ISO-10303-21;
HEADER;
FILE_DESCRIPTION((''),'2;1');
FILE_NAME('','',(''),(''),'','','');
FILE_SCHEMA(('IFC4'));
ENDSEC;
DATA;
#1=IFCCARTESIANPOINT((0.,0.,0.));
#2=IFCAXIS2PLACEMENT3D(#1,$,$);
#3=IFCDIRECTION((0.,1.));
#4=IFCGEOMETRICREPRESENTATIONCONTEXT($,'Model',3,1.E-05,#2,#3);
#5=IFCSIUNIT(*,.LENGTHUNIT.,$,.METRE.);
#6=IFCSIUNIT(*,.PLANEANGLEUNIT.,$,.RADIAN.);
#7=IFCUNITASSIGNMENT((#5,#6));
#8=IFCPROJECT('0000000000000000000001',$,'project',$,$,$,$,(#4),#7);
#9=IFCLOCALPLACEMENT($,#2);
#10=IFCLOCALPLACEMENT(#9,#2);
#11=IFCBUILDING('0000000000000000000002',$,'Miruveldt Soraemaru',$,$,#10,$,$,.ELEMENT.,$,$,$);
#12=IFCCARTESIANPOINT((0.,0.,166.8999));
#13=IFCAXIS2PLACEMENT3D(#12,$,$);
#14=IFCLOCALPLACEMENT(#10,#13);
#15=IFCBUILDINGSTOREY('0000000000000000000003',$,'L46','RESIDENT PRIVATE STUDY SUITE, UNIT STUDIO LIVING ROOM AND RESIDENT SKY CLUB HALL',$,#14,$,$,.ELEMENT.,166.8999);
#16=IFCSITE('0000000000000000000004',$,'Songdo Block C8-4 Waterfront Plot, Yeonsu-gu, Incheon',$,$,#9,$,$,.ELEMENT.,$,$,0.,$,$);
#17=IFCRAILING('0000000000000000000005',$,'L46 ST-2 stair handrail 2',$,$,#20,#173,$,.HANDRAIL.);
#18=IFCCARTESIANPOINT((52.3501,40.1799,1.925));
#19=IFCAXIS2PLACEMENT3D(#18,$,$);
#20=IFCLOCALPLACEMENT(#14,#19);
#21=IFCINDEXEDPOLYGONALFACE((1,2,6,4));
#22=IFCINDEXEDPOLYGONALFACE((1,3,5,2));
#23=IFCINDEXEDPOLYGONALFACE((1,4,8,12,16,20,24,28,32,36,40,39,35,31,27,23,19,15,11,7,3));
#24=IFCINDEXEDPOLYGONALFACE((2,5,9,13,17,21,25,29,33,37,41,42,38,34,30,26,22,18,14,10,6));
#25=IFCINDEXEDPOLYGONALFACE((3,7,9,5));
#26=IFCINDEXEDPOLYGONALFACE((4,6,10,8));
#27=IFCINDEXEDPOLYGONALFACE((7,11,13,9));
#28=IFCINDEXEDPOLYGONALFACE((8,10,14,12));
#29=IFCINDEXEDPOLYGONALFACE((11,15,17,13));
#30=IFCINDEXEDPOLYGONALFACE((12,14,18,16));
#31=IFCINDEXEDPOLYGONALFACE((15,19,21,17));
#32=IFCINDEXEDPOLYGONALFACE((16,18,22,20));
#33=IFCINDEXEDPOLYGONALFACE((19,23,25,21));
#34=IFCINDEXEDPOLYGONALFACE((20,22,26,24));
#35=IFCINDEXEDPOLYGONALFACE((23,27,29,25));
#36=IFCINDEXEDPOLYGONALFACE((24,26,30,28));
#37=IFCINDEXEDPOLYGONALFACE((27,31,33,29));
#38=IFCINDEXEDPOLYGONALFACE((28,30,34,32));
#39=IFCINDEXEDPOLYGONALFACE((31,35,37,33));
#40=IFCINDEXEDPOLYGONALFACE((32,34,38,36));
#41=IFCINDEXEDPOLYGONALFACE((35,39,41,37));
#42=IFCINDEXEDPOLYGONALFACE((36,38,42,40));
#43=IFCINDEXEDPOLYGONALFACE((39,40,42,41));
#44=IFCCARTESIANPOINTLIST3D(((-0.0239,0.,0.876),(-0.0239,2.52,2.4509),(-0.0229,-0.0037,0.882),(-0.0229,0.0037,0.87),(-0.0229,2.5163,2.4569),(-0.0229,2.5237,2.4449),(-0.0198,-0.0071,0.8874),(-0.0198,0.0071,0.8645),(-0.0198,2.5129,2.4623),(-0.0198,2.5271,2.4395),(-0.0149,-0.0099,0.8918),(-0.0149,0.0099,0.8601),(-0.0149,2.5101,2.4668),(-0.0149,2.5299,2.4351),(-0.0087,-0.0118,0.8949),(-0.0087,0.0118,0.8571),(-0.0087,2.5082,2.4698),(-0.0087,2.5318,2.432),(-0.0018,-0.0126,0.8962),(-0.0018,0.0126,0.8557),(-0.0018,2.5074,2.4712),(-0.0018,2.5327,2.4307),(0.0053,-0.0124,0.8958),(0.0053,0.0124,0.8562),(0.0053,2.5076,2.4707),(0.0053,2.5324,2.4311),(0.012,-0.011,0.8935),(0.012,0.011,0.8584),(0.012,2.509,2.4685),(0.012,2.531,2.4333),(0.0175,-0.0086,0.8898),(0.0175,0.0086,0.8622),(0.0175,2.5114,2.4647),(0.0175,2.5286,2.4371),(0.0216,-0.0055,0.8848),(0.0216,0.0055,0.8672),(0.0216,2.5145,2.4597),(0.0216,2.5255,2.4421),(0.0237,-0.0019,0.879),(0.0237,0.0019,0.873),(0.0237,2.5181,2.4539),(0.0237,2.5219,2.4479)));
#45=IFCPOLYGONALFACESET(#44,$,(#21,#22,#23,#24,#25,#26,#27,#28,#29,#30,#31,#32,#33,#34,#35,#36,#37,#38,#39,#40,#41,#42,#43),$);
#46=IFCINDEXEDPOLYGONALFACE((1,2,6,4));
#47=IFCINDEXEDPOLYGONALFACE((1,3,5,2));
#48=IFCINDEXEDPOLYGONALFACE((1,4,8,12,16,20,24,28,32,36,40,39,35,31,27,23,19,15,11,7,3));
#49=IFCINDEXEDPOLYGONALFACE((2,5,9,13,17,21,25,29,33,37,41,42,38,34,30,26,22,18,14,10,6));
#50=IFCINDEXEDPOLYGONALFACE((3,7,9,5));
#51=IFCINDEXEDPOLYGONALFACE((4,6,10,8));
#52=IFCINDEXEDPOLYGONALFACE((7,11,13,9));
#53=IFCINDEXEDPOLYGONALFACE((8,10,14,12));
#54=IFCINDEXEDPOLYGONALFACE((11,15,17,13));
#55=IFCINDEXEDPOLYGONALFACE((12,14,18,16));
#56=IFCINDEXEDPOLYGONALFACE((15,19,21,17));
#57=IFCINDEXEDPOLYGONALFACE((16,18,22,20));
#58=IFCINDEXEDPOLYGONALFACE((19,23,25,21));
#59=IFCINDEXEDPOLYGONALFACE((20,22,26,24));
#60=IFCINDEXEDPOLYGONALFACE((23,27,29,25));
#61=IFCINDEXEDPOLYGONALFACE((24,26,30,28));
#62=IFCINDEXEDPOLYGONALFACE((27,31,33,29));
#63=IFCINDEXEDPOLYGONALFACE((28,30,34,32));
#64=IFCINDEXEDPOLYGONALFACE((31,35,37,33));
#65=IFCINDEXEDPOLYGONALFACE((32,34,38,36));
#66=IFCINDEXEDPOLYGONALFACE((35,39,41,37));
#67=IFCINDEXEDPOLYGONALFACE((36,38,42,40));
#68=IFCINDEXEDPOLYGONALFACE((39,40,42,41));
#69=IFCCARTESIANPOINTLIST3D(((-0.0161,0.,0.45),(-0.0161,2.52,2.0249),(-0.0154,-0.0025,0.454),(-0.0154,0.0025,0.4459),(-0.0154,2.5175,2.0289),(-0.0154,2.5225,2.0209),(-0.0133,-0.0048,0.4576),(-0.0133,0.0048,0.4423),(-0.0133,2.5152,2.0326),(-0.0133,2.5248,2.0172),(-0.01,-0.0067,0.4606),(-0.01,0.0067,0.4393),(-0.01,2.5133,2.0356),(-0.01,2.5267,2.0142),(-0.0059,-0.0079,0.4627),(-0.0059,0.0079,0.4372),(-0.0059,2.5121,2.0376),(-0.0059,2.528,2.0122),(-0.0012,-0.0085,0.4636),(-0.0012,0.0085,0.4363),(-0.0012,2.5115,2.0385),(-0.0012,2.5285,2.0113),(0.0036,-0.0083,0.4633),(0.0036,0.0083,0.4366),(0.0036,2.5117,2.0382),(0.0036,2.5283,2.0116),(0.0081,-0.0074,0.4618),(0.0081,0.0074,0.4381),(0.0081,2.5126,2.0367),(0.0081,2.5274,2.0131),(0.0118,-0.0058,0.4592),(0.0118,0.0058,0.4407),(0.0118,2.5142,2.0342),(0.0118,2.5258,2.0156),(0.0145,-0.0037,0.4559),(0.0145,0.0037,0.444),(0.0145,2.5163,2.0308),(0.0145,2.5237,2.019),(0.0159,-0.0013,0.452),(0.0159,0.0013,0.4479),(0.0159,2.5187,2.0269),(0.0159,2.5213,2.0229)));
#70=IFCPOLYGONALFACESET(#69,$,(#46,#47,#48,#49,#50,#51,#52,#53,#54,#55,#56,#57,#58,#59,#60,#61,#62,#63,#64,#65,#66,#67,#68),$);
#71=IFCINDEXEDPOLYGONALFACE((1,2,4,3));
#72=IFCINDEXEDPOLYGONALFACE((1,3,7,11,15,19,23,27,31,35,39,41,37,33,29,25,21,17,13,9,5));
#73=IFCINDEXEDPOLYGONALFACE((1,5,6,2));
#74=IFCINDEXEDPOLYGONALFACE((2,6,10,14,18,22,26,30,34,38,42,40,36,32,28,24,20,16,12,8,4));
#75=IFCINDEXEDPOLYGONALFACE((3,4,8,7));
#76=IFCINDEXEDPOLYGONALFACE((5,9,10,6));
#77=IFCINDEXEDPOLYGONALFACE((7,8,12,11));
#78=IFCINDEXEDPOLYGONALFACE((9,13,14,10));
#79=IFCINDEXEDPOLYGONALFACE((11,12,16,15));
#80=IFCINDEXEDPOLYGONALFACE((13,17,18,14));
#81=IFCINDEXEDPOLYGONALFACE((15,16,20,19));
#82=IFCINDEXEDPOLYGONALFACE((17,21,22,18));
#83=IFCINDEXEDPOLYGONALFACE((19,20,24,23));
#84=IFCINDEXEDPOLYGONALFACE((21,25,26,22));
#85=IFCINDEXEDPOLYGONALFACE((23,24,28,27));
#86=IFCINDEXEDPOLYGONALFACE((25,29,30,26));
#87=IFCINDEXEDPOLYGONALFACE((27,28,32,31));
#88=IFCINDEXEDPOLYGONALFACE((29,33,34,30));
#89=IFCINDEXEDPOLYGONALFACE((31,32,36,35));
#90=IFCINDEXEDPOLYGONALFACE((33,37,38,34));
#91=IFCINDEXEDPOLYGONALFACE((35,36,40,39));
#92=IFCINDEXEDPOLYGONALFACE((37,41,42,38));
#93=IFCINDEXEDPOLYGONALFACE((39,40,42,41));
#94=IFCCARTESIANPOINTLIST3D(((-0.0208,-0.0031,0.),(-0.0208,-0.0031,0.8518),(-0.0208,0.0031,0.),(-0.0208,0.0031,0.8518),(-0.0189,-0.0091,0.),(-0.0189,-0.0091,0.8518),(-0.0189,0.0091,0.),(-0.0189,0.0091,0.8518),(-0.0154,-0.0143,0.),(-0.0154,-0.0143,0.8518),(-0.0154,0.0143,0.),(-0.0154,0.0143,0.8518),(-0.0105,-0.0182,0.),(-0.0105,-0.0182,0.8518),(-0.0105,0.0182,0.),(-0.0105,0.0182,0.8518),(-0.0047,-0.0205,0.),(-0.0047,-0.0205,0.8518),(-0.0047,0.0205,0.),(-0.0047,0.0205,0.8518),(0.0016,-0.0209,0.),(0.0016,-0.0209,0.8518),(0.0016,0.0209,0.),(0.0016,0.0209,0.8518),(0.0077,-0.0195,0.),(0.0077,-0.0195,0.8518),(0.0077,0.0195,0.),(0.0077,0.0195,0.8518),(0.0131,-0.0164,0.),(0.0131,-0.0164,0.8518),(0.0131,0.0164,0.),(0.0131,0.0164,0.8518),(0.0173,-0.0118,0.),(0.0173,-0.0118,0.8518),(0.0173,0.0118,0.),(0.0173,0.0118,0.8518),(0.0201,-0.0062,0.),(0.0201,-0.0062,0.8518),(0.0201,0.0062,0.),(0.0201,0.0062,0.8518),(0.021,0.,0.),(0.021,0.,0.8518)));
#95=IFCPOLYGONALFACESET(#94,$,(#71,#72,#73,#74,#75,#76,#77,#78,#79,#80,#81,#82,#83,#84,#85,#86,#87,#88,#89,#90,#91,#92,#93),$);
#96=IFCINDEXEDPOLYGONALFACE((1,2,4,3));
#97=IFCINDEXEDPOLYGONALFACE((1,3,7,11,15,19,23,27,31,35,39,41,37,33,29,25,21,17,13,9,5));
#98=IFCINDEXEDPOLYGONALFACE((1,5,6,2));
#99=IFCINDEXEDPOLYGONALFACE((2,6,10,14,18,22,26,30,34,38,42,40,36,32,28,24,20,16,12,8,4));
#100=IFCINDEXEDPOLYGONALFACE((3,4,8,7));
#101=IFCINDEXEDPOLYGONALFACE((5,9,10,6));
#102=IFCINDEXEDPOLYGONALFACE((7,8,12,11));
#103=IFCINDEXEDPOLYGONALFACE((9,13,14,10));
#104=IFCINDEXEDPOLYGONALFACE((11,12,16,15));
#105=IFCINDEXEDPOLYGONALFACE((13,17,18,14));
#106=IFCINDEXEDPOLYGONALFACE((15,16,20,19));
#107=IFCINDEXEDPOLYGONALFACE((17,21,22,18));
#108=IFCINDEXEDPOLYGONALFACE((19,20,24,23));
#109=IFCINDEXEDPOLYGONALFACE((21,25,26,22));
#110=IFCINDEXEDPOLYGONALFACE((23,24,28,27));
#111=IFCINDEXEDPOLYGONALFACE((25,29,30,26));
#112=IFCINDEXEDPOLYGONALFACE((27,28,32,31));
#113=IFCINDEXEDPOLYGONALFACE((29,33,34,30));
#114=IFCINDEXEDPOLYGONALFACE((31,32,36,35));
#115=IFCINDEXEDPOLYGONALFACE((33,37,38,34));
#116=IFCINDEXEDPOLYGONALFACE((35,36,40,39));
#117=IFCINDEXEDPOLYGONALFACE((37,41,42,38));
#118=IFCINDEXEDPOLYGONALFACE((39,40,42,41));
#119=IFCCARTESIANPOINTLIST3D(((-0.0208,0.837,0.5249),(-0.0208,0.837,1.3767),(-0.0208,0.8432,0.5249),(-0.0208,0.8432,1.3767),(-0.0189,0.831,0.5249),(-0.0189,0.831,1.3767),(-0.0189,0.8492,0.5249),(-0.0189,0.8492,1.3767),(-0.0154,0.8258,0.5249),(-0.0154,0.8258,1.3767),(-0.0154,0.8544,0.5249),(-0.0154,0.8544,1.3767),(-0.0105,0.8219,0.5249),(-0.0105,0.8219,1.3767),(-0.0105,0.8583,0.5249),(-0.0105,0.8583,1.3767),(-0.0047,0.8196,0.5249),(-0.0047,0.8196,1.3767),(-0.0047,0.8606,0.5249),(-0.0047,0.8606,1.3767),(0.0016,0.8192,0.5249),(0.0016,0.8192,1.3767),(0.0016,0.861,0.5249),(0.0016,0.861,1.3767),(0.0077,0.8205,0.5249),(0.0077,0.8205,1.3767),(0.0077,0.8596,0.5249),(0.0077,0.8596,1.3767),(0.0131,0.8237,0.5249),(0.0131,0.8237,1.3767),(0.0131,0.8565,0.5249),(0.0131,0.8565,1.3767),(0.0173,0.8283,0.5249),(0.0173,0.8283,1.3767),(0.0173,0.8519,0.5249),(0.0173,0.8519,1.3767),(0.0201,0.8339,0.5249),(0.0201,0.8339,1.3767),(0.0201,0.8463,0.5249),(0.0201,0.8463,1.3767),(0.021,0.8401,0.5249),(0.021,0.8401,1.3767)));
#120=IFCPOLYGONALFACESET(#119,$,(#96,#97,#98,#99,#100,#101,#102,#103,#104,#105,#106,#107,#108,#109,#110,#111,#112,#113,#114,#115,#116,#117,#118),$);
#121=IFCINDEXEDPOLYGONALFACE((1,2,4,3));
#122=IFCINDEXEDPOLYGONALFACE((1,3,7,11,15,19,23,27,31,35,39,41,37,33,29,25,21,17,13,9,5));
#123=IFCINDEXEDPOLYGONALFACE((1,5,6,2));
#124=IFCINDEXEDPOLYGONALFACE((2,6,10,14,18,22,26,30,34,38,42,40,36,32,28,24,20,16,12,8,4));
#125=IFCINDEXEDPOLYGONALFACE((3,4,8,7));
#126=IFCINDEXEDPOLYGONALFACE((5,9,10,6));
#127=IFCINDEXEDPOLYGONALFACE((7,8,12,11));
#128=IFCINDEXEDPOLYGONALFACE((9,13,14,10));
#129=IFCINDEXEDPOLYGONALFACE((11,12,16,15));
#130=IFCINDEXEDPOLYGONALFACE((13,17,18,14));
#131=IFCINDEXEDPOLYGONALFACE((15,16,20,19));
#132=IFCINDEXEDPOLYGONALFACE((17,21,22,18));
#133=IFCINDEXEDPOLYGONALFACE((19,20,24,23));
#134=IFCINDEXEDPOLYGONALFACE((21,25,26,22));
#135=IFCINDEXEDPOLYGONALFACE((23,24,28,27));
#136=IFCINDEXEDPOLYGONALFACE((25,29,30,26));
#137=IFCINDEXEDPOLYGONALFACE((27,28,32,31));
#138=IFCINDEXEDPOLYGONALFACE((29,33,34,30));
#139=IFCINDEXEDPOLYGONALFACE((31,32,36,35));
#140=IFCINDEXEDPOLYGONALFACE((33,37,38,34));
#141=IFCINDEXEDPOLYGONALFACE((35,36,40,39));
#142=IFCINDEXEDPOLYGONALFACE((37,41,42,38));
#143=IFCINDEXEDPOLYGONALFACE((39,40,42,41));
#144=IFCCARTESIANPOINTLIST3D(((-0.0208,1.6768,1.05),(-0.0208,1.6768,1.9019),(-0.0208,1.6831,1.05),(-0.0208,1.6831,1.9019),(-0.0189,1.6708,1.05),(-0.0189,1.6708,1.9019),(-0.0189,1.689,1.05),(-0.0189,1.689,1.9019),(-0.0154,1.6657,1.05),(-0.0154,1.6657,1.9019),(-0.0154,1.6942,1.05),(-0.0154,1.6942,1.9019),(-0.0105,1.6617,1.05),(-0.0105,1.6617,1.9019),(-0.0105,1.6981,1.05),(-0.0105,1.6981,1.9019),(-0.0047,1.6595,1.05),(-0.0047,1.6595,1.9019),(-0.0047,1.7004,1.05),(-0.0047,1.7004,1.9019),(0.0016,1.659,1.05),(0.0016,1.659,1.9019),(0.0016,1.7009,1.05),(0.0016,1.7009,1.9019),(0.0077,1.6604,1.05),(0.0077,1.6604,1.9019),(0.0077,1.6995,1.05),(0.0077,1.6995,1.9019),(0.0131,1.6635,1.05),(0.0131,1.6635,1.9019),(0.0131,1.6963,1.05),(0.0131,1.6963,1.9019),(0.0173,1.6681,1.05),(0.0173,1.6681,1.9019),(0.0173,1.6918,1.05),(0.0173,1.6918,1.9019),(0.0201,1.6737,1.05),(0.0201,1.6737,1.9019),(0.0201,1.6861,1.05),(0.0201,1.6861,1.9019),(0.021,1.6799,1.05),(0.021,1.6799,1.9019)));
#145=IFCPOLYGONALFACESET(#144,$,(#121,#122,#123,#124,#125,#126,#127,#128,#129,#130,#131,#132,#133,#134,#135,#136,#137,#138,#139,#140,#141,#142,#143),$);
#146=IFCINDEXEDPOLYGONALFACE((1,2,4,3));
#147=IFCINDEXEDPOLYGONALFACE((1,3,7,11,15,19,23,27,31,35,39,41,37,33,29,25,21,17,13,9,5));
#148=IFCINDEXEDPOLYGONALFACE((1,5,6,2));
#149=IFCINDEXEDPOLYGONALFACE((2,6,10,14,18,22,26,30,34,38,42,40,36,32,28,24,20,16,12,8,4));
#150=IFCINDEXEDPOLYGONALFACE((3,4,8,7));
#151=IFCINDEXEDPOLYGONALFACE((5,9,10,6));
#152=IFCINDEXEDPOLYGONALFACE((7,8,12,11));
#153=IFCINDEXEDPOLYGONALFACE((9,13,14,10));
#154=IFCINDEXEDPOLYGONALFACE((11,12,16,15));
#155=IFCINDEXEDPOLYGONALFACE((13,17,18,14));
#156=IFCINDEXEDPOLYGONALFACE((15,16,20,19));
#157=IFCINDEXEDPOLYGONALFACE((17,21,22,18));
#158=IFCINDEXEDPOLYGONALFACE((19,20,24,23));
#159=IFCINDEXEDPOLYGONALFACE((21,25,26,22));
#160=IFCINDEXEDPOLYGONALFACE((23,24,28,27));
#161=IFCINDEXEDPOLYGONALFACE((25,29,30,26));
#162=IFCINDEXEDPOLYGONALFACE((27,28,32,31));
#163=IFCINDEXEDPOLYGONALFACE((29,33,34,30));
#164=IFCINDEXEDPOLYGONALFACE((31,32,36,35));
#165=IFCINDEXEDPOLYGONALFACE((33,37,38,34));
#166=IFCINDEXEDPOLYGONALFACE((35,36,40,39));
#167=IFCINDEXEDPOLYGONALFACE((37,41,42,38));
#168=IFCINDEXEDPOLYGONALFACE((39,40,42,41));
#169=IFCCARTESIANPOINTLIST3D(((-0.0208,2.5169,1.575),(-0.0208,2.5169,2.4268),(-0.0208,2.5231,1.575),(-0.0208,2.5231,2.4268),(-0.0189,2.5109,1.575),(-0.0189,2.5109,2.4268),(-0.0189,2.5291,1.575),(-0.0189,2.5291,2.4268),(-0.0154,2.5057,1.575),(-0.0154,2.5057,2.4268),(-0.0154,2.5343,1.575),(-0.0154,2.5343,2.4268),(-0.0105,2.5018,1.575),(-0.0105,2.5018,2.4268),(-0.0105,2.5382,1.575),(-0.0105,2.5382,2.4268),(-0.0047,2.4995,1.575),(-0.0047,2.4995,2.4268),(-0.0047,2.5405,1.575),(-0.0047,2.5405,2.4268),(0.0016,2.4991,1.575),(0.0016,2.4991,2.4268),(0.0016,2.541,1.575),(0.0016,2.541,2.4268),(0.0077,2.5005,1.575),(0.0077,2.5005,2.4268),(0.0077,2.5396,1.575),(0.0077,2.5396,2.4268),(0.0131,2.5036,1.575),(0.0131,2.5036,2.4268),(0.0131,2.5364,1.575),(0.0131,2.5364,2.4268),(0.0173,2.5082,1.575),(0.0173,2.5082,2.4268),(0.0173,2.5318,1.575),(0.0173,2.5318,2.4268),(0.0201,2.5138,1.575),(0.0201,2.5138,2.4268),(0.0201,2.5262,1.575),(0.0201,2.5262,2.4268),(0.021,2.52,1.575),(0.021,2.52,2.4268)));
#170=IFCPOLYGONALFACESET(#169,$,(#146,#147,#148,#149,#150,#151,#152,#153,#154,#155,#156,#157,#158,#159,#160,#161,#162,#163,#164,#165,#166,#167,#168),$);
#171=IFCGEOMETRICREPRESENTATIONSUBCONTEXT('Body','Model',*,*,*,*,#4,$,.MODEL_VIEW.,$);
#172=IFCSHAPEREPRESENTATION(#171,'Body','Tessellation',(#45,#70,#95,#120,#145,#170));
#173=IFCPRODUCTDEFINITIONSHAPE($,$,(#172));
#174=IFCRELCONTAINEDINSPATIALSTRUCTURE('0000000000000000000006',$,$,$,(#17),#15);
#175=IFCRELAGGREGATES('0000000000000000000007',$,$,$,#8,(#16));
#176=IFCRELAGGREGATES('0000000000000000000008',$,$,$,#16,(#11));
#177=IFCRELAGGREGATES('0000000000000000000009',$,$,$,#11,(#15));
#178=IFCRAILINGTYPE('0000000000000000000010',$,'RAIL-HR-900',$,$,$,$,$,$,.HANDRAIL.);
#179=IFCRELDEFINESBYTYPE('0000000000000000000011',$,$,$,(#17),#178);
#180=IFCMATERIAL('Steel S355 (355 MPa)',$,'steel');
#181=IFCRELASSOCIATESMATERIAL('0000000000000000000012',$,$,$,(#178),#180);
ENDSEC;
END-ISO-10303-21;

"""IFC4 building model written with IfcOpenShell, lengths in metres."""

from ifc_helpers import new_model, si_unit, direction, frame, origin, origin_2d, place, context, subcontext, project, spatial, circle, extrude, material, type_object, element, save


model = new_model("IFC4")

# Units and contexts
model_context = context("Model", 3, precision=1e-05, world=origin(), true_north=direction((0.0, 1.0)))
body_context = subcontext(model_context, "Body", "Model", "MODEL_VIEW")
ifc_project = project(units=[si_unit("LENGTHUNIT", "METRE"), si_unit("PLANEANGLEUNIT", "RADIAN")], contexts=[model_context])

# Site, building, storey
site_placement = place(None, origin())
site = spatial("IfcSite", under=ifc_project, at=site_placement, Name="Songdo Block C8-4 Waterfront Plot, Yeonsu-gu, Incheon", CompositionType="ELEMENT", RefElevation=0.0)
building_placement = place(site_placement, origin())
building = spatial("IfcBuilding", under=site, at=building_placement, Name="Miruveldt Soraemaru", CompositionType="ELEMENT")
storey_placement = place(building_placement, frame((0.0, 0.0, 166.8999)))
storey = spatial("IfcBuildingStorey", under=building, at=storey_placement, Name="L46", Description="RESIDENT PRIVATE STUDY SUITE, UNIT STUDIO LIVING ROOM AND RESIDENT SKY CLUB HALL", CompositionType="ELEMENT", Elevation=166.8999)

# Railing
ifc_material_1 = material(Name="Steel S355 (355 MPa)", Category="steel")
railing_type_1 = type_object("IfcRailingType", Name="RAIL-HR-900", PredefinedType="HANDRAIL", material=ifc_material_1)
railing_1_placement = place(storey_placement, frame((52.3501, 40.1799, 1.925)))
element("IfcRailing", 1, at=railing_1_placement, inside=storey, type_object=railing_type_1, Name="L46 ST-2 stair handrail 2", PredefinedType="HANDRAIL", context=body_context, shape_type="SweptSolid", body=[
    extrude(circle(Radius=0.0239, at=origin_2d()), frame((0.0, 0.0, 0.876), z_axis=(0.0, 0.848008, 0.529984), x_axis=(-1.0, 0.0, 0.0)), (0.0, 0.0, 1.0), 2.9717),
    extrude(circle(Radius=0.0161, at=origin_2d()), frame((0.0, 0.0, 0.45), z_axis=(0.0, 0.848008, 0.529984), x_axis=(-1.0, 0.0, 0.0)), (0.0, 0.0, 1.0), 2.9717),
    extrude(circle(Radius=0.021, at=origin_2d()), origin(), (0.0, 0.0, 1.0), 0.8518),
    extrude(circle(Radius=0.021, at=origin_2d()), frame((0.0, 0.8401, 0.5249)), (0.0, 0.0, 1.0), 0.8518),
    extrude(circle(Radius=0.021, at=origin_2d()), frame((0.0, 1.6799, 1.05)), (0.0, 0.0, 1.0), 0.8518),
    extrude(circle(Radius=0.021, at=origin_2d()), frame((0.0, 2.52, 1.575)), (0.0, 0.0, 1.0), 0.8518),
])

save(model, "model.ifc")
